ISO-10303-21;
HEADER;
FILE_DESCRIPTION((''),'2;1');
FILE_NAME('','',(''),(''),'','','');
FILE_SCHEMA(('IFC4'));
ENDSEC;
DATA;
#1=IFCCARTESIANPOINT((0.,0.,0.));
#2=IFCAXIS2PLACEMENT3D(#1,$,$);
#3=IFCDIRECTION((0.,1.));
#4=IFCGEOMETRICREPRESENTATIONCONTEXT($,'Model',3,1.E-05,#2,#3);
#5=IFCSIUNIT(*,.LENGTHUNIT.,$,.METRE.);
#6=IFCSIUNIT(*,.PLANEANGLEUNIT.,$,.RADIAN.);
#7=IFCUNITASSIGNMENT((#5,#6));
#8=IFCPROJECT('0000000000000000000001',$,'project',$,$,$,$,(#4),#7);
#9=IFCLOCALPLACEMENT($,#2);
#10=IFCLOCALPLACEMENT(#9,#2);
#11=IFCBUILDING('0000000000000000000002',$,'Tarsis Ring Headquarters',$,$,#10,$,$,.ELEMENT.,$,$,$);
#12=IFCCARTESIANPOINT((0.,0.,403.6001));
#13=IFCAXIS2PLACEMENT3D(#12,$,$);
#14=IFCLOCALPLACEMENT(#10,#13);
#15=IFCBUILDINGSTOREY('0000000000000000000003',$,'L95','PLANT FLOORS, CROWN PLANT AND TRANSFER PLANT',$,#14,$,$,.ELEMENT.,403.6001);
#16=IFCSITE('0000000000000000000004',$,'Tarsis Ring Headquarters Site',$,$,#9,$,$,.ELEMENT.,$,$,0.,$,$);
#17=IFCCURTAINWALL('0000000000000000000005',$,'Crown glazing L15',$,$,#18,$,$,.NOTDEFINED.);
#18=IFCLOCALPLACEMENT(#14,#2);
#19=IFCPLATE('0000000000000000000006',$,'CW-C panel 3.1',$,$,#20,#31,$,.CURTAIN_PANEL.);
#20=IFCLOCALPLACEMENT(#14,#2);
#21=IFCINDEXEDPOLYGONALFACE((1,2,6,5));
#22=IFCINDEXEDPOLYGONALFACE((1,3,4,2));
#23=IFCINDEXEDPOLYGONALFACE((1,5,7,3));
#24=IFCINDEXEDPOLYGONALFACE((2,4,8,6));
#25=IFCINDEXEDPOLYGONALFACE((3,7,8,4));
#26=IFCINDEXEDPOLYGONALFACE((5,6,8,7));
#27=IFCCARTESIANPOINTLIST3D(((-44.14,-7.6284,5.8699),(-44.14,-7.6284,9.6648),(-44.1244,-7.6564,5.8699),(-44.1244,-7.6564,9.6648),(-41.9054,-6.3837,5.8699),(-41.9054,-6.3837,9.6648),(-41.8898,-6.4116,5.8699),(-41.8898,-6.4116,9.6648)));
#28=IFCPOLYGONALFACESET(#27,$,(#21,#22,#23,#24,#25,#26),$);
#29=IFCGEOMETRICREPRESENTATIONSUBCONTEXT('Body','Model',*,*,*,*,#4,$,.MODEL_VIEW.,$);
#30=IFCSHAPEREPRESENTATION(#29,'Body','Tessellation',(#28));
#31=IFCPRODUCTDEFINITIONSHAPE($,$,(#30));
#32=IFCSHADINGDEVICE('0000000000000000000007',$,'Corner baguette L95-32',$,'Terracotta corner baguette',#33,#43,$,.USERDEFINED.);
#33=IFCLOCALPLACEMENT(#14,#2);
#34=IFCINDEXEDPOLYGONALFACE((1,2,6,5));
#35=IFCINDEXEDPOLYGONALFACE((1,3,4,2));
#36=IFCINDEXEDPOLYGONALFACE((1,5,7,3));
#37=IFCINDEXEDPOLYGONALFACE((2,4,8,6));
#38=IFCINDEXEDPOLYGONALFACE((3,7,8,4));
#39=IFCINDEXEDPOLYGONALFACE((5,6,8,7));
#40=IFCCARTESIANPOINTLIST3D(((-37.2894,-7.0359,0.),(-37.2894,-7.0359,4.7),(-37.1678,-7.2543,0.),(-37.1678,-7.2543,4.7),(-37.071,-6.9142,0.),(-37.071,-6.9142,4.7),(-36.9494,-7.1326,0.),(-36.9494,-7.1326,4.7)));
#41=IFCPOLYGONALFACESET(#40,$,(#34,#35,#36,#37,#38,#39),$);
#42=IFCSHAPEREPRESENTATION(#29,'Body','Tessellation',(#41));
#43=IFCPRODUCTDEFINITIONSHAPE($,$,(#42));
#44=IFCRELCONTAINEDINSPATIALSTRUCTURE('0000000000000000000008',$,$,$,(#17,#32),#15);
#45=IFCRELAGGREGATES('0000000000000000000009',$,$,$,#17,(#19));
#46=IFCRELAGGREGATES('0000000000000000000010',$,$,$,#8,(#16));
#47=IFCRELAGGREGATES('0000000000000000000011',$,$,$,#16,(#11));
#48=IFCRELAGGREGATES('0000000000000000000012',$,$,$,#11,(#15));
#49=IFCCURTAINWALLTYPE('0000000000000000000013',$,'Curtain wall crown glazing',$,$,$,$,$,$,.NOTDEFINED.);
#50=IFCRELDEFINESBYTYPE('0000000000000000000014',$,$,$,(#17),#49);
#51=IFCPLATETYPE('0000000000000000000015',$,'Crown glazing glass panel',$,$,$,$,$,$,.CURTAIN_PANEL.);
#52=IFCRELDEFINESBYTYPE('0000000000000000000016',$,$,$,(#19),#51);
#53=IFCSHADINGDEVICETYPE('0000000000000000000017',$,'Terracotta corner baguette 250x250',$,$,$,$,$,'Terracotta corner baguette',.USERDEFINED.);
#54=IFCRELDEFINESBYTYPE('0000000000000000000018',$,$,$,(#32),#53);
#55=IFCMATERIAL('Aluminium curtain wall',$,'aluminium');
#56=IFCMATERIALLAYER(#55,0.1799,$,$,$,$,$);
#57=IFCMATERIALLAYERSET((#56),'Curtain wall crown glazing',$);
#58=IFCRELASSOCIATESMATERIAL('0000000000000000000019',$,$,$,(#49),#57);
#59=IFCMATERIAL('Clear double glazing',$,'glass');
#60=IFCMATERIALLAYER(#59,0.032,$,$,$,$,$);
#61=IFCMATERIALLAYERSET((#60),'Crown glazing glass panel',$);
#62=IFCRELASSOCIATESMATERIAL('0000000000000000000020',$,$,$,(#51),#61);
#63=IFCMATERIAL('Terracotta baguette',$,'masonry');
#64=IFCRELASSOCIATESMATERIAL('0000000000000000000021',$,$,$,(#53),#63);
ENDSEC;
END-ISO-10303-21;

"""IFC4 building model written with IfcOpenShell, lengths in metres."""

from ifc_helpers import new_model, si_unit, direction, frame, origin, origin_2d, place, context, subcontext, project, spatial, rectangle, extrude, material, layer, layer_set, type_object, element, aggregate, save


model = new_model("IFC4")

# Units and contexts
model_context = context("Model", 3, precision=1e-05, world=origin(), true_north=direction((0.0, 1.0)))
body_context = subcontext(model_context, "Body", "Model", "MODEL_VIEW")
ifc_project = project(units=[si_unit("LENGTHUNIT", "METRE"), si_unit("PLANEANGLEUNIT", "RADIAN")], contexts=[model_context])

# Site, building, storey
site_placement = place(None, origin())
site = spatial("IfcSite", under=ifc_project, at=site_placement, Name="Tarsis Ring Headquarters Site", CompositionType="ELEMENT", RefElevation=0.0)
building_placement = place(site_placement, origin())
building = spatial("IfcBuilding", under=site, at=building_placement, Name="Tarsis Ring Headquarters", CompositionType="ELEMENT")
storey_placement = place(building_placement, frame((0.0, 0.0, 403.6001)))
storey = spatial("IfcBuildingStorey", under=building, at=storey_placement, Name="L95", Description="PLANT FLOORS, CROWN PLANT AND TRANSFER PLANT", CompositionType="ELEMENT", Elevation=403.6001)

# Curtain wall
ifc_material_1 = material(Name="Aluminium curtain wall", Category="aluminium")
ifc_layer_1 = layer(ifc_material_1, 0.1799)
ifc_layer_set_1 = layer_set([ifc_layer_1], Name="Curtain wall crown glazing")
curtain_wall_type = type_object("IfcCurtainWallType", Name="Curtain wall crown glazing", PredefinedType="NOTDEFINED", material=ifc_layer_set_1)
curtain_wall_placement = place(storey_placement, origin())
curtain_wall = element("IfcCurtainWall", 1, at=curtain_wall_placement, inside=storey, type_object=curtain_wall_type, Name="Crown glazing L15", PredefinedType="NOTDEFINED")

# Plate
ifc_material_2 = material(Name="Clear double glazing", Category="glass")
ifc_layer_2 = layer(ifc_material_2, 0.032)
ifc_layer_set_2 = layer_set([ifc_layer_2], Name="Crown glazing glass panel")
plate_type = type_object("IfcPlateType", Name="Crown glazing glass panel", PredefinedType="CURTAIN_PANEL", material=ifc_layer_set_2)
plate_1_placement = place(storey_placement, frame((-43.0149, -7.02, 5.8699), z_axis=(0.0, 0.0, 1.0), x_axis=(-0.873602, -0.48664, 0.0)))
plate_1 = element("IfcPlate", 2, at=plate_1_placement, type_object=plate_type, Name="CW-C panel 3.1", PredefinedType="CURTAIN_PANEL", context=body_context, shape_type="SweptSolid", body=[
    extrude(rectangle(XDim=2.5579, YDim=0.032, at=origin_2d()), origin(), (0.0, 0.0, 1.0), 3.7949),
])
aggregate(curtain_wall, [plate_1])

# Shading device
ifc_material_3 = material(Name="Terracotta baguette", Category="masonry")
shading_device_type_1 = type_object("IfcShadingDeviceType", Name="Terracotta corner baguette 250x250", ElementType="Terracotta corner baguette", PredefinedType="USERDEFINED", material=ifc_material_3)
shading_device_1_placement = place(storey_placement, frame((-37.1194, -7.0842, 0.0), z_axis=(0.0, 0.0, 1.0), x_axis=(-0.873602, -0.48664, 0.0)))
element("IfcShadingDevice", 3, at=shading_device_1_placement, inside=storey, type_object=shading_device_type_1, Name="Corner baguette L95-32", ObjectType="Terracotta corner baguette", PredefinedType="USERDEFINED", context=body_context, shape_type="SweptSolid", body=[
    extrude(rectangle(XDim=0.25, YDim=0.25, at=origin_2d()), origin(), (0.0, 0.0, 1.0), 4.7),
])

save(model, "model.ifc")
